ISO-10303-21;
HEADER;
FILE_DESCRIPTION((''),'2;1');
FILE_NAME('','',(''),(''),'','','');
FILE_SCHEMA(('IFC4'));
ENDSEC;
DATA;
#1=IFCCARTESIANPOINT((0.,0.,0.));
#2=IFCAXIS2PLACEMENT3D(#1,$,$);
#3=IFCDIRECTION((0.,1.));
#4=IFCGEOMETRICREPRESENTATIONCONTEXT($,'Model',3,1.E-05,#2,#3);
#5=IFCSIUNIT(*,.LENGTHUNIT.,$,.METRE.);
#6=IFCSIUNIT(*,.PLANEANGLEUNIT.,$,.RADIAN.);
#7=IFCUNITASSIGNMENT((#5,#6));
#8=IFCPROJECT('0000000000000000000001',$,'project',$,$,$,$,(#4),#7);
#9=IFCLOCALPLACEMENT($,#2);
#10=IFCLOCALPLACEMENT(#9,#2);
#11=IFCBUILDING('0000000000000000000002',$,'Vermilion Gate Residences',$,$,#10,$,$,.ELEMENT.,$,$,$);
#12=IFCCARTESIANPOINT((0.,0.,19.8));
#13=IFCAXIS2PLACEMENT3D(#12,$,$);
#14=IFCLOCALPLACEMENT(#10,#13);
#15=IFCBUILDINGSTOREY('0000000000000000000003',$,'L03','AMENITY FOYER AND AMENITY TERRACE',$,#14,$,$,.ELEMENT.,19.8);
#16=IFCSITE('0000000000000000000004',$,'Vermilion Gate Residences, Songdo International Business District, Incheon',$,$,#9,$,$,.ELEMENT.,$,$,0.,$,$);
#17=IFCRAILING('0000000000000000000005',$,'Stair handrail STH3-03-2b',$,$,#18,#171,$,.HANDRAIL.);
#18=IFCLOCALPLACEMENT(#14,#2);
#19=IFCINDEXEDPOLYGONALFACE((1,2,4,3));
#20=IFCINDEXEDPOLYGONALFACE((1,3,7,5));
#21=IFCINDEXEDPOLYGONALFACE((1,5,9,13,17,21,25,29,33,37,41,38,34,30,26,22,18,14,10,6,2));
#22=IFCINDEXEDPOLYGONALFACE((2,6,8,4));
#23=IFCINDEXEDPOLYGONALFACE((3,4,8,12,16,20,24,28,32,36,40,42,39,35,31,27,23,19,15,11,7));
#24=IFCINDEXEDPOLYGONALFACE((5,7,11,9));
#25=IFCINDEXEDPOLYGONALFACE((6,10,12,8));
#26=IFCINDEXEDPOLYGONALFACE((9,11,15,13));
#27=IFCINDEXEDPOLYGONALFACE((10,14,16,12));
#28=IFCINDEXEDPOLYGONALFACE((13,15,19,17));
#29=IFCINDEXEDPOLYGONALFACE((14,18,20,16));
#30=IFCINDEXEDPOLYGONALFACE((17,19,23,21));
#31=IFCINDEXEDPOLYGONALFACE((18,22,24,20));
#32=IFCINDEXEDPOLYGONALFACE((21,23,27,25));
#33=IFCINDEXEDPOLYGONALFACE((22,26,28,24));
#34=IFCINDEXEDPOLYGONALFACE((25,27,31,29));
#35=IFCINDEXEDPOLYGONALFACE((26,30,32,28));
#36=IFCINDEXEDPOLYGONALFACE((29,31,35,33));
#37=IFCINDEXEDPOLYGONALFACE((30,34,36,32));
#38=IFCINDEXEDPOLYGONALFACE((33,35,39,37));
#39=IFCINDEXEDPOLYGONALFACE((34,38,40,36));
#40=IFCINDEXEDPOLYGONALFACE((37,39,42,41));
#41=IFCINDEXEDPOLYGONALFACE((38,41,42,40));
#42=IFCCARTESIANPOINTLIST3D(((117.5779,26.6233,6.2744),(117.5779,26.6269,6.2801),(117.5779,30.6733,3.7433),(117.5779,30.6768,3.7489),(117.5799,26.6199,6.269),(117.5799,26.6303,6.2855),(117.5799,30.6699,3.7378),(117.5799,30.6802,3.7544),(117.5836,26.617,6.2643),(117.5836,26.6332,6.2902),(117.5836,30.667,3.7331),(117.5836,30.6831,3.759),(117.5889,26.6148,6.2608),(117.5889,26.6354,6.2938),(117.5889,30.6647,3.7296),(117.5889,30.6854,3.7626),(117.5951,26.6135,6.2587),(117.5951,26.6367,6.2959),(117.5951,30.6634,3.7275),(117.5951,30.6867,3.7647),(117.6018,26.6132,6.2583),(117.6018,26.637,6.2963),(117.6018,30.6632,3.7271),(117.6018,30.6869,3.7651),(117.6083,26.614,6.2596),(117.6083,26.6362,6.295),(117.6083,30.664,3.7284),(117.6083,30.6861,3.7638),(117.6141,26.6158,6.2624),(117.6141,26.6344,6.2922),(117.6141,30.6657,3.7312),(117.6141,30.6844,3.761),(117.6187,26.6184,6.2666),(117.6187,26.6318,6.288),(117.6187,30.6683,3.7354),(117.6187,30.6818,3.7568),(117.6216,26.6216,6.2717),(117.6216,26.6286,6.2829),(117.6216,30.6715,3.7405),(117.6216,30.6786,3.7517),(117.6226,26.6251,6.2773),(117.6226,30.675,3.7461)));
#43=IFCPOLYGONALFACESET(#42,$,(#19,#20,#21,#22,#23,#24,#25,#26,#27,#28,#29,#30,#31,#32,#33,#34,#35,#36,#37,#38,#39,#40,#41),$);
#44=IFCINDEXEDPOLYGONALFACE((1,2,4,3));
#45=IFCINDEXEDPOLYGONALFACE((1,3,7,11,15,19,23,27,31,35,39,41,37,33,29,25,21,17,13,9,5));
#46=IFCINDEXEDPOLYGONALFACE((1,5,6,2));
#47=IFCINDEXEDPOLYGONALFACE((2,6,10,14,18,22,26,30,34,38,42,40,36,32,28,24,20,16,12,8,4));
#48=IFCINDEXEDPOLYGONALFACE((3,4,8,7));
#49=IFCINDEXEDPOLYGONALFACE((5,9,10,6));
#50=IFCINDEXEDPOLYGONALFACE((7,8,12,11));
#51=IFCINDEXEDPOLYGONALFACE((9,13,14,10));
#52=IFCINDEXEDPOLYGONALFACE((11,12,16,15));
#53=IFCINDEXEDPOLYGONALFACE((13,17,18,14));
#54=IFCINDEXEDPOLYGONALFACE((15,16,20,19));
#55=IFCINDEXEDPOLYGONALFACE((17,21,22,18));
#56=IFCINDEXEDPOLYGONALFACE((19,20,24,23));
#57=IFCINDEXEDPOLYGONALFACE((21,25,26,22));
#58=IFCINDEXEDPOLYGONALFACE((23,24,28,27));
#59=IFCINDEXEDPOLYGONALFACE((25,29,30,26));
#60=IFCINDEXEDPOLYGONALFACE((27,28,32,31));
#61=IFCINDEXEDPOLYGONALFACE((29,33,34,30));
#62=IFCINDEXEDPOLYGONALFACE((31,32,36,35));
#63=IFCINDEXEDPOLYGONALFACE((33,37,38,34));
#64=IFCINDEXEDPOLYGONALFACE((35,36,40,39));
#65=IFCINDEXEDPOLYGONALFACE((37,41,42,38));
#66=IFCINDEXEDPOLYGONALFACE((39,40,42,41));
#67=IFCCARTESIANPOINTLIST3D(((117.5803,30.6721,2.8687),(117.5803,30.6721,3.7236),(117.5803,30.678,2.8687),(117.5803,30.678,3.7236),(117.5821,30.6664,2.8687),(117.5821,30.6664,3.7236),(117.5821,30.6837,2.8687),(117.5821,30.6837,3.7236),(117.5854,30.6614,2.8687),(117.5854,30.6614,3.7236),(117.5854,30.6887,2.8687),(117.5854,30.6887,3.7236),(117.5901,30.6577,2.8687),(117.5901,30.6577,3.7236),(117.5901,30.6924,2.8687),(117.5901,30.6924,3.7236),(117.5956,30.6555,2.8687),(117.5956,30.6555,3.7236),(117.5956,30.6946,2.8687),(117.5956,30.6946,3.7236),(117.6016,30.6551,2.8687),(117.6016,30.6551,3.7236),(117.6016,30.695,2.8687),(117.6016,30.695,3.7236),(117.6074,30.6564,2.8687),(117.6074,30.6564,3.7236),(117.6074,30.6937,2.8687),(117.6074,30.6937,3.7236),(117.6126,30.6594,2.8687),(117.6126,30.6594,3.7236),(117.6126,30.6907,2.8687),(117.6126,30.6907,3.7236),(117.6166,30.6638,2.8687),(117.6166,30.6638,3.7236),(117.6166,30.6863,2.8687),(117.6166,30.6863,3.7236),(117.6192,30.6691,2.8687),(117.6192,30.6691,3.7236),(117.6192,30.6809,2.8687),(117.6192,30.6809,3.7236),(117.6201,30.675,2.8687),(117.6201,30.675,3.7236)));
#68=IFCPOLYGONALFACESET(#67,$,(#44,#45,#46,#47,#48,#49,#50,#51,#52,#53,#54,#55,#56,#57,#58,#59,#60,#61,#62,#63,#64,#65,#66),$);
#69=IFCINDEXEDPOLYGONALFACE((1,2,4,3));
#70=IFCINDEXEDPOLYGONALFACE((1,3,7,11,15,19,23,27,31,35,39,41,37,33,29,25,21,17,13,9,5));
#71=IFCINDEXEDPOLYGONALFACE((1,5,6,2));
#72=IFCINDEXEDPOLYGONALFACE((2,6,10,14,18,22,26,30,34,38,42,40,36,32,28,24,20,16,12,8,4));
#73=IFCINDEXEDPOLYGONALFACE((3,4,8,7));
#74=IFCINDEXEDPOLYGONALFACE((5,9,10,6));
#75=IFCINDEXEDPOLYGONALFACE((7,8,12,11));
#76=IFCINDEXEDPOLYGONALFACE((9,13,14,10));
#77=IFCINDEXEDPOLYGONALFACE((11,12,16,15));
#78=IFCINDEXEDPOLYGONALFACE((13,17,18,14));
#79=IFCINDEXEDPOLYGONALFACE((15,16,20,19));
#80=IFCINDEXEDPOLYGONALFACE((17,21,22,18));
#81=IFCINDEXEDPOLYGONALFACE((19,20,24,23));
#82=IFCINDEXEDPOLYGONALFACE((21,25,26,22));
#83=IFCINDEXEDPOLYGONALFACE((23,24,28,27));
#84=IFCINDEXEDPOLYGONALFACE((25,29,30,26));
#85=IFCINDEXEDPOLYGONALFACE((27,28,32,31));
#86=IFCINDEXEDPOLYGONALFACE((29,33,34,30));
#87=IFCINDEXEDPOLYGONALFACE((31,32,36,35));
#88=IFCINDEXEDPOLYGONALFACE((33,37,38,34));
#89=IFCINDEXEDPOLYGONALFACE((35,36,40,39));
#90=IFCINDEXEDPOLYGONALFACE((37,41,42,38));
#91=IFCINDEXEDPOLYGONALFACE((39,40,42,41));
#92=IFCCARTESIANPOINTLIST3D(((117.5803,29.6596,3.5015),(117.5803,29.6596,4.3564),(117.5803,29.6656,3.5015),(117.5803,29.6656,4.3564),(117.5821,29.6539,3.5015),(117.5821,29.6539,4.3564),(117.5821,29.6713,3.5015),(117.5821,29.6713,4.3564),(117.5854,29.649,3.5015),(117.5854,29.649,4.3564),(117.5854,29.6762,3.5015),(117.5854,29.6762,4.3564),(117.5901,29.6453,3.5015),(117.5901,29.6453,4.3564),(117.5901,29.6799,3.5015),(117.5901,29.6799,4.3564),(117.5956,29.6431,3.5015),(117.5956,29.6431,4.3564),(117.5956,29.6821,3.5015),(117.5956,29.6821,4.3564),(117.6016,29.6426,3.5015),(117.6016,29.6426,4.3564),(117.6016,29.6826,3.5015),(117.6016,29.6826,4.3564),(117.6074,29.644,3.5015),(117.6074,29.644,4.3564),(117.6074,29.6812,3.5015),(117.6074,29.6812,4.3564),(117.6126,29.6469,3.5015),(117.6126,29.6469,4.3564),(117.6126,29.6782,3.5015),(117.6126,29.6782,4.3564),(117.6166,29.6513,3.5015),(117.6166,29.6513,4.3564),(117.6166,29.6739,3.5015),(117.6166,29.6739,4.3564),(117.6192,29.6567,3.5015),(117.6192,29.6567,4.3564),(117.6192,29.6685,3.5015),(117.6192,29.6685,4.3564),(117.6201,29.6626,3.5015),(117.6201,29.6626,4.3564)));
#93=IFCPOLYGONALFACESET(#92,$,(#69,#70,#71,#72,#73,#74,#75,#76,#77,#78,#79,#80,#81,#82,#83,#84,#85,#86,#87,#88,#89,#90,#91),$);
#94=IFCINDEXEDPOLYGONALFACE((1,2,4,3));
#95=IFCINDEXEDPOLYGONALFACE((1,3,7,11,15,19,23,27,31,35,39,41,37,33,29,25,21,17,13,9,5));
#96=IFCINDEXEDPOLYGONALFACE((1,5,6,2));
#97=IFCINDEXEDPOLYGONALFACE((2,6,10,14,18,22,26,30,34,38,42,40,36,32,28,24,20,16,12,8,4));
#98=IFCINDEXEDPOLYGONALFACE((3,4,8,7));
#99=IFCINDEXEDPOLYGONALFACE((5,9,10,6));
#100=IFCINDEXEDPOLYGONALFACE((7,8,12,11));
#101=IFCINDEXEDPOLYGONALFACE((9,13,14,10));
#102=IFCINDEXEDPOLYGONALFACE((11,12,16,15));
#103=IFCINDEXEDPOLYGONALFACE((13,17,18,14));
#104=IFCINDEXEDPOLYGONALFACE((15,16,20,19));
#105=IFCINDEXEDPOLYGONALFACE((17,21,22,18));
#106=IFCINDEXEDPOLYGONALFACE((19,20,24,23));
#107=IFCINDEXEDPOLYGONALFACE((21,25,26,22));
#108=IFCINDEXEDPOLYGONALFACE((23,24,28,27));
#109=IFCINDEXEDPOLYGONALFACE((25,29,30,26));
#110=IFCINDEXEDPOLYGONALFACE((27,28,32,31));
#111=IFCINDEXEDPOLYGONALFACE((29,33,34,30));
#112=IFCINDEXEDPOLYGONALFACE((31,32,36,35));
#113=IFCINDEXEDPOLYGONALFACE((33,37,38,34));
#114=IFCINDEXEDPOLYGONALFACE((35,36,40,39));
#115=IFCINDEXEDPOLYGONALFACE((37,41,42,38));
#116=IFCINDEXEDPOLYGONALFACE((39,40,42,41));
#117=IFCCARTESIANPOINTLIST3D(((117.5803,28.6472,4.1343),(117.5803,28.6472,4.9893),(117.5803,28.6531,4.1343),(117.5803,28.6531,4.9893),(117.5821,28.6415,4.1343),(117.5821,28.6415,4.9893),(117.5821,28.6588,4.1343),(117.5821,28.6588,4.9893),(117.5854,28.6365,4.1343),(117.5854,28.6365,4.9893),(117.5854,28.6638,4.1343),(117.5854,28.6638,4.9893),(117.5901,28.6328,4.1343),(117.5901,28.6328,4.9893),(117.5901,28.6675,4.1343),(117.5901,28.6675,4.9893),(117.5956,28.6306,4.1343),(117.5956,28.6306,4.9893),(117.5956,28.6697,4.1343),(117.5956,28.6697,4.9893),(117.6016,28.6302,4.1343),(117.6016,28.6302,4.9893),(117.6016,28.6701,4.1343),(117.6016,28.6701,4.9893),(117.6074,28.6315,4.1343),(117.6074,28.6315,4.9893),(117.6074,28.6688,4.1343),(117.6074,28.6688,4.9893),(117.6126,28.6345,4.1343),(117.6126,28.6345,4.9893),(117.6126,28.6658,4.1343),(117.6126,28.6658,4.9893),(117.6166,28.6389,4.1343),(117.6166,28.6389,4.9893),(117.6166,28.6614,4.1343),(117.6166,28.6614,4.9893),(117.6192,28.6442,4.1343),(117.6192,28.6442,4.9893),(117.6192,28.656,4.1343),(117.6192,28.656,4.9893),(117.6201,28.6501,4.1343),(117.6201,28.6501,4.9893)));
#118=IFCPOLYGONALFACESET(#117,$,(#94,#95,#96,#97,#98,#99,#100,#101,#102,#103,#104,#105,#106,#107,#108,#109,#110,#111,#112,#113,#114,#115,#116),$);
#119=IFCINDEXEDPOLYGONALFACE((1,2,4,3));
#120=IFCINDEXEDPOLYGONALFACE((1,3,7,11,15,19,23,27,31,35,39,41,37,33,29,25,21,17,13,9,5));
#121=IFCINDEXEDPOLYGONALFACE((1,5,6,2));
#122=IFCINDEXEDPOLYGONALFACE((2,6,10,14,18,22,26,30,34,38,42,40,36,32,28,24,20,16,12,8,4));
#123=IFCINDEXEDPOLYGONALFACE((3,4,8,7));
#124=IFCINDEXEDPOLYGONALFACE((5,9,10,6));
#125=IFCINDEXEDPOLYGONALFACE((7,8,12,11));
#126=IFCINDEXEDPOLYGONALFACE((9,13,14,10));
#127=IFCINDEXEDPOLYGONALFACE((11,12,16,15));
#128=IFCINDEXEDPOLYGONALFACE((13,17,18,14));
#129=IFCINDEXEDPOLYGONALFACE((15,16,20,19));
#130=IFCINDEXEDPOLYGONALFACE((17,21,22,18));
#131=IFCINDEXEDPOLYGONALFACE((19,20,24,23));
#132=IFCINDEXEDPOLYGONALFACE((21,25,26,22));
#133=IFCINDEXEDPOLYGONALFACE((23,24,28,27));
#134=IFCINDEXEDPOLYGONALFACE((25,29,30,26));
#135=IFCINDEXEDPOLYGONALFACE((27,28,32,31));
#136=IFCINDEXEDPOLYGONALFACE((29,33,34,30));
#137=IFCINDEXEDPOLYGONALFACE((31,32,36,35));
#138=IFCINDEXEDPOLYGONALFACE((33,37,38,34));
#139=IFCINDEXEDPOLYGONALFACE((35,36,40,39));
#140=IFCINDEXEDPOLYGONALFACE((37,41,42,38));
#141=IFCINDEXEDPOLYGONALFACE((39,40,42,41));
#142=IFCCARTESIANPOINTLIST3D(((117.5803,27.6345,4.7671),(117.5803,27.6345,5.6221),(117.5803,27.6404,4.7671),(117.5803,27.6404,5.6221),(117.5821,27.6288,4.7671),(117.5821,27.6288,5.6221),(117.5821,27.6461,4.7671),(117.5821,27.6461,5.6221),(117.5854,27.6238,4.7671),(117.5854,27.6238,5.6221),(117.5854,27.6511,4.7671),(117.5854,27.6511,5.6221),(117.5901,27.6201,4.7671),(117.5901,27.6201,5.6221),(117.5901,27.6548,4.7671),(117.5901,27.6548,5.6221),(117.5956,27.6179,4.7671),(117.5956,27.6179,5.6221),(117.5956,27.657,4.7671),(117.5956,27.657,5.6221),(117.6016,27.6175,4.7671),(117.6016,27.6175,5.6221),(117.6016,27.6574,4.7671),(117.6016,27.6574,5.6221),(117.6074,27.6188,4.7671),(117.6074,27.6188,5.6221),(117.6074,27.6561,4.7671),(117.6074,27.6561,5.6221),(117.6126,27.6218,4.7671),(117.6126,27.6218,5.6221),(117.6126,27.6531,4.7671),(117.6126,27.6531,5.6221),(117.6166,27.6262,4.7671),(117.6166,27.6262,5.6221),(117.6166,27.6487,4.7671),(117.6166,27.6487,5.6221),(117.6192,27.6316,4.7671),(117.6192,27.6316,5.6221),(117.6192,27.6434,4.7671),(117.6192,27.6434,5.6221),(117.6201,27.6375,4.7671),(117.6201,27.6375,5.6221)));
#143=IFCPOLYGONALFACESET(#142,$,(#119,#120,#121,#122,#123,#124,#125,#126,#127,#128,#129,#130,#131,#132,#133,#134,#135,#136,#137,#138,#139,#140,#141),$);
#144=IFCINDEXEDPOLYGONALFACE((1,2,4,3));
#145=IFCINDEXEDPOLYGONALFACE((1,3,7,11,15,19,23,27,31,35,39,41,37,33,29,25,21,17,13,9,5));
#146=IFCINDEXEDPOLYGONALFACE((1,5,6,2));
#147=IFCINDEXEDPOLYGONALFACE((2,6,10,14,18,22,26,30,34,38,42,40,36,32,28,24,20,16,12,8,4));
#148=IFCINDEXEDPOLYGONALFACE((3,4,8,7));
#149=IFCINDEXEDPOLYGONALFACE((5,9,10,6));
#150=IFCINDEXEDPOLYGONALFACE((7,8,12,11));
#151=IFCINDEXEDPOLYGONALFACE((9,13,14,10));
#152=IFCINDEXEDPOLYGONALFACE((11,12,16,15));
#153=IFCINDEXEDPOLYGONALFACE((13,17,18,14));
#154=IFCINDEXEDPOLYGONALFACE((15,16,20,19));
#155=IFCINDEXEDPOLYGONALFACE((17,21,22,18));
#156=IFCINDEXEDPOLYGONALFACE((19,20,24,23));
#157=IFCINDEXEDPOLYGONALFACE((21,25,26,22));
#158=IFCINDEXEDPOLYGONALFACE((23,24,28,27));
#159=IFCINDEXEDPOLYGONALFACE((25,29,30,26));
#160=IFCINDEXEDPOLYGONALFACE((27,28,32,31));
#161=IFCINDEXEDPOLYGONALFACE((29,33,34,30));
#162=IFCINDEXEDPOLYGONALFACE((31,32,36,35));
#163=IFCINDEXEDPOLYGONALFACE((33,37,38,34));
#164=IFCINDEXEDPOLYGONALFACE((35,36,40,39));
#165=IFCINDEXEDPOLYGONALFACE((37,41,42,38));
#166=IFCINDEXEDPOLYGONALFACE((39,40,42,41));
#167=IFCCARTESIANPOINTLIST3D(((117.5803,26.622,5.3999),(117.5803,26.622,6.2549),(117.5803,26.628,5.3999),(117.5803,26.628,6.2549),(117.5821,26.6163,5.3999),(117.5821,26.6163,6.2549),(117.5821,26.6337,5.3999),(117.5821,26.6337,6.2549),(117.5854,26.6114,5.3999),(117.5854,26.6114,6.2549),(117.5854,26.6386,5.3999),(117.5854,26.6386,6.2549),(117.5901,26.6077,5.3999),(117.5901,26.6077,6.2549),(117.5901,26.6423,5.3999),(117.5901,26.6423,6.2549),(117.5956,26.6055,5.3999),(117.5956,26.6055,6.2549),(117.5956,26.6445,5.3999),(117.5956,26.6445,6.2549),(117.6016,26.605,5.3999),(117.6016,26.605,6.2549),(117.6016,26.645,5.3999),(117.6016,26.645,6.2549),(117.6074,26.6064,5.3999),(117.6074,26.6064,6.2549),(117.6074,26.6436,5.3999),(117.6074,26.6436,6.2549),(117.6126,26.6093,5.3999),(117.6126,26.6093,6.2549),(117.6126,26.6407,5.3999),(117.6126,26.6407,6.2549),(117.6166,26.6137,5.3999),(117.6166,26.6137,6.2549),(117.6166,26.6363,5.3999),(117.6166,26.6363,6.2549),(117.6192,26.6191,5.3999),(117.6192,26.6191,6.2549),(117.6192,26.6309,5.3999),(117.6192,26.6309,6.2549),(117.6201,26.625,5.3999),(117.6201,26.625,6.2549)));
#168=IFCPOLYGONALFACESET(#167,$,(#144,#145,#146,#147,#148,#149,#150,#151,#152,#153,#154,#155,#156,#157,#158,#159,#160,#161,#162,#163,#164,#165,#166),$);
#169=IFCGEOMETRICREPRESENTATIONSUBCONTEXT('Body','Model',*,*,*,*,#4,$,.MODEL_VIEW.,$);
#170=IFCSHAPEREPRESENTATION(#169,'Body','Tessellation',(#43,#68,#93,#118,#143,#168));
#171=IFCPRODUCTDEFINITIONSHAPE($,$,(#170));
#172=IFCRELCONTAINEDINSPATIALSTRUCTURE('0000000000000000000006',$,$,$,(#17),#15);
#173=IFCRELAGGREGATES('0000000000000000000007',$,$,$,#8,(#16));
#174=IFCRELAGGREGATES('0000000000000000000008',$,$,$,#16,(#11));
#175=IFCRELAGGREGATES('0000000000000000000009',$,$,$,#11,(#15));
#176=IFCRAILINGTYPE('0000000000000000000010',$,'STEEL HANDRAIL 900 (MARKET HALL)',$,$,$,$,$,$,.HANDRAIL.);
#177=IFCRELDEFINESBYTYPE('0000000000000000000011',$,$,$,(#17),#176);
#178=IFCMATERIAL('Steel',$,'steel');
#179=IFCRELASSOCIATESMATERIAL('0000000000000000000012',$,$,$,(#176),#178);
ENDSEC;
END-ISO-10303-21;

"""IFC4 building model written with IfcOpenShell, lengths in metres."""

from ifc_helpers import new_model, si_unit, direction, frame, origin, origin_2d, place, context, subcontext, project, spatial, circle, extrude, material, type_object, element, save


model = new_model("IFC4")

# Units and contexts
model_context = context("Model", 3, precision=1e-05, world=origin(), true_north=direction((0.0, 1.0)))
body_context = subcontext(model_context, "Body", "Model", "MODEL_VIEW")
ifc_project = project(units=[si_unit("LENGTHUNIT", "METRE"), si_unit("PLANEANGLEUNIT", "RADIAN")], contexts=[model_context])

# Site, building, storey
site_placement = place(None, origin())
site = spatial("IfcSite", under=ifc_project, at=site_placement, Name="Vermilion Gate Residences, Songdo International Business District, Incheon", CompositionType="ELEMENT", RefElevation=0.0)
building_placement = place(site_placement, origin())
building = spatial("IfcBuilding", under=site, at=building_placement, Name="Vermilion Gate Residences", CompositionType="ELEMENT")
storey_placement = place(building_placement, frame((0.0, 0.0, 19.8)))
storey = spatial("IfcBuildingStorey", under=building, at=storey_placement, Name="L03", Description="AMENITY FOYER AND AMENITY TERRACE", CompositionType="ELEMENT", Elevation=19.8)

# Railing
ifc_material_1 = material(Name="Steel", Category="steel")
railing_type_1 = type_object("IfcRailingType", Name="STEEL HANDRAIL 900 (MARKET HALL)", PredefinedType="HANDRAIL", material=ifc_material_1)
for number, where, name in (
    (1, (117.6001, 30.675, 2.8687), "Stair handrail STH3-03-2b"),
):
    element("IfcRailing", number, at=place(storey_placement, frame(where)), inside=storey, type_object=railing_type_1, Name=name, PredefinedType="HANDRAIL", context=body_context, shape_type="SweptSolid", body=[
        extrude(circle(Radius=0.0225, at=origin_2d()), frame((0.0, 0.0, 0.8774), z_axis=(0.0, -0.848001, 0.529994), x_axis=(1.0, 0.0, 0.0)), (0.0, 0.0, 1.0), 4.7759),
        extrude(circle(Radius=0.02, at=origin_2d()), origin(), (0.0, 0.0, 1.0), 0.855),
        extrude(circle(Radius=0.02, at=origin_2d()), frame((0.0, -1.0125, 0.6328)), (0.0, 0.0, 1.0), 0.855),
        extrude(circle(Radius=0.02, at=origin_2d()), frame((0.0, -2.0249, 1.2656)), (0.0, 0.0, 1.0), 0.855),
        extrude(circle(Radius=0.02, at=origin_2d()), frame((0.0, -3.0376, 1.8984)), (0.0, 0.0, 1.0), 0.855),
        extrude(circle(Radius=0.02, at=origin_2d()), frame((0.0, -4.05, 2.5312)), (0.0, 0.0, 1.0), 0.855),
    ])

save(model, "model.ifc")
